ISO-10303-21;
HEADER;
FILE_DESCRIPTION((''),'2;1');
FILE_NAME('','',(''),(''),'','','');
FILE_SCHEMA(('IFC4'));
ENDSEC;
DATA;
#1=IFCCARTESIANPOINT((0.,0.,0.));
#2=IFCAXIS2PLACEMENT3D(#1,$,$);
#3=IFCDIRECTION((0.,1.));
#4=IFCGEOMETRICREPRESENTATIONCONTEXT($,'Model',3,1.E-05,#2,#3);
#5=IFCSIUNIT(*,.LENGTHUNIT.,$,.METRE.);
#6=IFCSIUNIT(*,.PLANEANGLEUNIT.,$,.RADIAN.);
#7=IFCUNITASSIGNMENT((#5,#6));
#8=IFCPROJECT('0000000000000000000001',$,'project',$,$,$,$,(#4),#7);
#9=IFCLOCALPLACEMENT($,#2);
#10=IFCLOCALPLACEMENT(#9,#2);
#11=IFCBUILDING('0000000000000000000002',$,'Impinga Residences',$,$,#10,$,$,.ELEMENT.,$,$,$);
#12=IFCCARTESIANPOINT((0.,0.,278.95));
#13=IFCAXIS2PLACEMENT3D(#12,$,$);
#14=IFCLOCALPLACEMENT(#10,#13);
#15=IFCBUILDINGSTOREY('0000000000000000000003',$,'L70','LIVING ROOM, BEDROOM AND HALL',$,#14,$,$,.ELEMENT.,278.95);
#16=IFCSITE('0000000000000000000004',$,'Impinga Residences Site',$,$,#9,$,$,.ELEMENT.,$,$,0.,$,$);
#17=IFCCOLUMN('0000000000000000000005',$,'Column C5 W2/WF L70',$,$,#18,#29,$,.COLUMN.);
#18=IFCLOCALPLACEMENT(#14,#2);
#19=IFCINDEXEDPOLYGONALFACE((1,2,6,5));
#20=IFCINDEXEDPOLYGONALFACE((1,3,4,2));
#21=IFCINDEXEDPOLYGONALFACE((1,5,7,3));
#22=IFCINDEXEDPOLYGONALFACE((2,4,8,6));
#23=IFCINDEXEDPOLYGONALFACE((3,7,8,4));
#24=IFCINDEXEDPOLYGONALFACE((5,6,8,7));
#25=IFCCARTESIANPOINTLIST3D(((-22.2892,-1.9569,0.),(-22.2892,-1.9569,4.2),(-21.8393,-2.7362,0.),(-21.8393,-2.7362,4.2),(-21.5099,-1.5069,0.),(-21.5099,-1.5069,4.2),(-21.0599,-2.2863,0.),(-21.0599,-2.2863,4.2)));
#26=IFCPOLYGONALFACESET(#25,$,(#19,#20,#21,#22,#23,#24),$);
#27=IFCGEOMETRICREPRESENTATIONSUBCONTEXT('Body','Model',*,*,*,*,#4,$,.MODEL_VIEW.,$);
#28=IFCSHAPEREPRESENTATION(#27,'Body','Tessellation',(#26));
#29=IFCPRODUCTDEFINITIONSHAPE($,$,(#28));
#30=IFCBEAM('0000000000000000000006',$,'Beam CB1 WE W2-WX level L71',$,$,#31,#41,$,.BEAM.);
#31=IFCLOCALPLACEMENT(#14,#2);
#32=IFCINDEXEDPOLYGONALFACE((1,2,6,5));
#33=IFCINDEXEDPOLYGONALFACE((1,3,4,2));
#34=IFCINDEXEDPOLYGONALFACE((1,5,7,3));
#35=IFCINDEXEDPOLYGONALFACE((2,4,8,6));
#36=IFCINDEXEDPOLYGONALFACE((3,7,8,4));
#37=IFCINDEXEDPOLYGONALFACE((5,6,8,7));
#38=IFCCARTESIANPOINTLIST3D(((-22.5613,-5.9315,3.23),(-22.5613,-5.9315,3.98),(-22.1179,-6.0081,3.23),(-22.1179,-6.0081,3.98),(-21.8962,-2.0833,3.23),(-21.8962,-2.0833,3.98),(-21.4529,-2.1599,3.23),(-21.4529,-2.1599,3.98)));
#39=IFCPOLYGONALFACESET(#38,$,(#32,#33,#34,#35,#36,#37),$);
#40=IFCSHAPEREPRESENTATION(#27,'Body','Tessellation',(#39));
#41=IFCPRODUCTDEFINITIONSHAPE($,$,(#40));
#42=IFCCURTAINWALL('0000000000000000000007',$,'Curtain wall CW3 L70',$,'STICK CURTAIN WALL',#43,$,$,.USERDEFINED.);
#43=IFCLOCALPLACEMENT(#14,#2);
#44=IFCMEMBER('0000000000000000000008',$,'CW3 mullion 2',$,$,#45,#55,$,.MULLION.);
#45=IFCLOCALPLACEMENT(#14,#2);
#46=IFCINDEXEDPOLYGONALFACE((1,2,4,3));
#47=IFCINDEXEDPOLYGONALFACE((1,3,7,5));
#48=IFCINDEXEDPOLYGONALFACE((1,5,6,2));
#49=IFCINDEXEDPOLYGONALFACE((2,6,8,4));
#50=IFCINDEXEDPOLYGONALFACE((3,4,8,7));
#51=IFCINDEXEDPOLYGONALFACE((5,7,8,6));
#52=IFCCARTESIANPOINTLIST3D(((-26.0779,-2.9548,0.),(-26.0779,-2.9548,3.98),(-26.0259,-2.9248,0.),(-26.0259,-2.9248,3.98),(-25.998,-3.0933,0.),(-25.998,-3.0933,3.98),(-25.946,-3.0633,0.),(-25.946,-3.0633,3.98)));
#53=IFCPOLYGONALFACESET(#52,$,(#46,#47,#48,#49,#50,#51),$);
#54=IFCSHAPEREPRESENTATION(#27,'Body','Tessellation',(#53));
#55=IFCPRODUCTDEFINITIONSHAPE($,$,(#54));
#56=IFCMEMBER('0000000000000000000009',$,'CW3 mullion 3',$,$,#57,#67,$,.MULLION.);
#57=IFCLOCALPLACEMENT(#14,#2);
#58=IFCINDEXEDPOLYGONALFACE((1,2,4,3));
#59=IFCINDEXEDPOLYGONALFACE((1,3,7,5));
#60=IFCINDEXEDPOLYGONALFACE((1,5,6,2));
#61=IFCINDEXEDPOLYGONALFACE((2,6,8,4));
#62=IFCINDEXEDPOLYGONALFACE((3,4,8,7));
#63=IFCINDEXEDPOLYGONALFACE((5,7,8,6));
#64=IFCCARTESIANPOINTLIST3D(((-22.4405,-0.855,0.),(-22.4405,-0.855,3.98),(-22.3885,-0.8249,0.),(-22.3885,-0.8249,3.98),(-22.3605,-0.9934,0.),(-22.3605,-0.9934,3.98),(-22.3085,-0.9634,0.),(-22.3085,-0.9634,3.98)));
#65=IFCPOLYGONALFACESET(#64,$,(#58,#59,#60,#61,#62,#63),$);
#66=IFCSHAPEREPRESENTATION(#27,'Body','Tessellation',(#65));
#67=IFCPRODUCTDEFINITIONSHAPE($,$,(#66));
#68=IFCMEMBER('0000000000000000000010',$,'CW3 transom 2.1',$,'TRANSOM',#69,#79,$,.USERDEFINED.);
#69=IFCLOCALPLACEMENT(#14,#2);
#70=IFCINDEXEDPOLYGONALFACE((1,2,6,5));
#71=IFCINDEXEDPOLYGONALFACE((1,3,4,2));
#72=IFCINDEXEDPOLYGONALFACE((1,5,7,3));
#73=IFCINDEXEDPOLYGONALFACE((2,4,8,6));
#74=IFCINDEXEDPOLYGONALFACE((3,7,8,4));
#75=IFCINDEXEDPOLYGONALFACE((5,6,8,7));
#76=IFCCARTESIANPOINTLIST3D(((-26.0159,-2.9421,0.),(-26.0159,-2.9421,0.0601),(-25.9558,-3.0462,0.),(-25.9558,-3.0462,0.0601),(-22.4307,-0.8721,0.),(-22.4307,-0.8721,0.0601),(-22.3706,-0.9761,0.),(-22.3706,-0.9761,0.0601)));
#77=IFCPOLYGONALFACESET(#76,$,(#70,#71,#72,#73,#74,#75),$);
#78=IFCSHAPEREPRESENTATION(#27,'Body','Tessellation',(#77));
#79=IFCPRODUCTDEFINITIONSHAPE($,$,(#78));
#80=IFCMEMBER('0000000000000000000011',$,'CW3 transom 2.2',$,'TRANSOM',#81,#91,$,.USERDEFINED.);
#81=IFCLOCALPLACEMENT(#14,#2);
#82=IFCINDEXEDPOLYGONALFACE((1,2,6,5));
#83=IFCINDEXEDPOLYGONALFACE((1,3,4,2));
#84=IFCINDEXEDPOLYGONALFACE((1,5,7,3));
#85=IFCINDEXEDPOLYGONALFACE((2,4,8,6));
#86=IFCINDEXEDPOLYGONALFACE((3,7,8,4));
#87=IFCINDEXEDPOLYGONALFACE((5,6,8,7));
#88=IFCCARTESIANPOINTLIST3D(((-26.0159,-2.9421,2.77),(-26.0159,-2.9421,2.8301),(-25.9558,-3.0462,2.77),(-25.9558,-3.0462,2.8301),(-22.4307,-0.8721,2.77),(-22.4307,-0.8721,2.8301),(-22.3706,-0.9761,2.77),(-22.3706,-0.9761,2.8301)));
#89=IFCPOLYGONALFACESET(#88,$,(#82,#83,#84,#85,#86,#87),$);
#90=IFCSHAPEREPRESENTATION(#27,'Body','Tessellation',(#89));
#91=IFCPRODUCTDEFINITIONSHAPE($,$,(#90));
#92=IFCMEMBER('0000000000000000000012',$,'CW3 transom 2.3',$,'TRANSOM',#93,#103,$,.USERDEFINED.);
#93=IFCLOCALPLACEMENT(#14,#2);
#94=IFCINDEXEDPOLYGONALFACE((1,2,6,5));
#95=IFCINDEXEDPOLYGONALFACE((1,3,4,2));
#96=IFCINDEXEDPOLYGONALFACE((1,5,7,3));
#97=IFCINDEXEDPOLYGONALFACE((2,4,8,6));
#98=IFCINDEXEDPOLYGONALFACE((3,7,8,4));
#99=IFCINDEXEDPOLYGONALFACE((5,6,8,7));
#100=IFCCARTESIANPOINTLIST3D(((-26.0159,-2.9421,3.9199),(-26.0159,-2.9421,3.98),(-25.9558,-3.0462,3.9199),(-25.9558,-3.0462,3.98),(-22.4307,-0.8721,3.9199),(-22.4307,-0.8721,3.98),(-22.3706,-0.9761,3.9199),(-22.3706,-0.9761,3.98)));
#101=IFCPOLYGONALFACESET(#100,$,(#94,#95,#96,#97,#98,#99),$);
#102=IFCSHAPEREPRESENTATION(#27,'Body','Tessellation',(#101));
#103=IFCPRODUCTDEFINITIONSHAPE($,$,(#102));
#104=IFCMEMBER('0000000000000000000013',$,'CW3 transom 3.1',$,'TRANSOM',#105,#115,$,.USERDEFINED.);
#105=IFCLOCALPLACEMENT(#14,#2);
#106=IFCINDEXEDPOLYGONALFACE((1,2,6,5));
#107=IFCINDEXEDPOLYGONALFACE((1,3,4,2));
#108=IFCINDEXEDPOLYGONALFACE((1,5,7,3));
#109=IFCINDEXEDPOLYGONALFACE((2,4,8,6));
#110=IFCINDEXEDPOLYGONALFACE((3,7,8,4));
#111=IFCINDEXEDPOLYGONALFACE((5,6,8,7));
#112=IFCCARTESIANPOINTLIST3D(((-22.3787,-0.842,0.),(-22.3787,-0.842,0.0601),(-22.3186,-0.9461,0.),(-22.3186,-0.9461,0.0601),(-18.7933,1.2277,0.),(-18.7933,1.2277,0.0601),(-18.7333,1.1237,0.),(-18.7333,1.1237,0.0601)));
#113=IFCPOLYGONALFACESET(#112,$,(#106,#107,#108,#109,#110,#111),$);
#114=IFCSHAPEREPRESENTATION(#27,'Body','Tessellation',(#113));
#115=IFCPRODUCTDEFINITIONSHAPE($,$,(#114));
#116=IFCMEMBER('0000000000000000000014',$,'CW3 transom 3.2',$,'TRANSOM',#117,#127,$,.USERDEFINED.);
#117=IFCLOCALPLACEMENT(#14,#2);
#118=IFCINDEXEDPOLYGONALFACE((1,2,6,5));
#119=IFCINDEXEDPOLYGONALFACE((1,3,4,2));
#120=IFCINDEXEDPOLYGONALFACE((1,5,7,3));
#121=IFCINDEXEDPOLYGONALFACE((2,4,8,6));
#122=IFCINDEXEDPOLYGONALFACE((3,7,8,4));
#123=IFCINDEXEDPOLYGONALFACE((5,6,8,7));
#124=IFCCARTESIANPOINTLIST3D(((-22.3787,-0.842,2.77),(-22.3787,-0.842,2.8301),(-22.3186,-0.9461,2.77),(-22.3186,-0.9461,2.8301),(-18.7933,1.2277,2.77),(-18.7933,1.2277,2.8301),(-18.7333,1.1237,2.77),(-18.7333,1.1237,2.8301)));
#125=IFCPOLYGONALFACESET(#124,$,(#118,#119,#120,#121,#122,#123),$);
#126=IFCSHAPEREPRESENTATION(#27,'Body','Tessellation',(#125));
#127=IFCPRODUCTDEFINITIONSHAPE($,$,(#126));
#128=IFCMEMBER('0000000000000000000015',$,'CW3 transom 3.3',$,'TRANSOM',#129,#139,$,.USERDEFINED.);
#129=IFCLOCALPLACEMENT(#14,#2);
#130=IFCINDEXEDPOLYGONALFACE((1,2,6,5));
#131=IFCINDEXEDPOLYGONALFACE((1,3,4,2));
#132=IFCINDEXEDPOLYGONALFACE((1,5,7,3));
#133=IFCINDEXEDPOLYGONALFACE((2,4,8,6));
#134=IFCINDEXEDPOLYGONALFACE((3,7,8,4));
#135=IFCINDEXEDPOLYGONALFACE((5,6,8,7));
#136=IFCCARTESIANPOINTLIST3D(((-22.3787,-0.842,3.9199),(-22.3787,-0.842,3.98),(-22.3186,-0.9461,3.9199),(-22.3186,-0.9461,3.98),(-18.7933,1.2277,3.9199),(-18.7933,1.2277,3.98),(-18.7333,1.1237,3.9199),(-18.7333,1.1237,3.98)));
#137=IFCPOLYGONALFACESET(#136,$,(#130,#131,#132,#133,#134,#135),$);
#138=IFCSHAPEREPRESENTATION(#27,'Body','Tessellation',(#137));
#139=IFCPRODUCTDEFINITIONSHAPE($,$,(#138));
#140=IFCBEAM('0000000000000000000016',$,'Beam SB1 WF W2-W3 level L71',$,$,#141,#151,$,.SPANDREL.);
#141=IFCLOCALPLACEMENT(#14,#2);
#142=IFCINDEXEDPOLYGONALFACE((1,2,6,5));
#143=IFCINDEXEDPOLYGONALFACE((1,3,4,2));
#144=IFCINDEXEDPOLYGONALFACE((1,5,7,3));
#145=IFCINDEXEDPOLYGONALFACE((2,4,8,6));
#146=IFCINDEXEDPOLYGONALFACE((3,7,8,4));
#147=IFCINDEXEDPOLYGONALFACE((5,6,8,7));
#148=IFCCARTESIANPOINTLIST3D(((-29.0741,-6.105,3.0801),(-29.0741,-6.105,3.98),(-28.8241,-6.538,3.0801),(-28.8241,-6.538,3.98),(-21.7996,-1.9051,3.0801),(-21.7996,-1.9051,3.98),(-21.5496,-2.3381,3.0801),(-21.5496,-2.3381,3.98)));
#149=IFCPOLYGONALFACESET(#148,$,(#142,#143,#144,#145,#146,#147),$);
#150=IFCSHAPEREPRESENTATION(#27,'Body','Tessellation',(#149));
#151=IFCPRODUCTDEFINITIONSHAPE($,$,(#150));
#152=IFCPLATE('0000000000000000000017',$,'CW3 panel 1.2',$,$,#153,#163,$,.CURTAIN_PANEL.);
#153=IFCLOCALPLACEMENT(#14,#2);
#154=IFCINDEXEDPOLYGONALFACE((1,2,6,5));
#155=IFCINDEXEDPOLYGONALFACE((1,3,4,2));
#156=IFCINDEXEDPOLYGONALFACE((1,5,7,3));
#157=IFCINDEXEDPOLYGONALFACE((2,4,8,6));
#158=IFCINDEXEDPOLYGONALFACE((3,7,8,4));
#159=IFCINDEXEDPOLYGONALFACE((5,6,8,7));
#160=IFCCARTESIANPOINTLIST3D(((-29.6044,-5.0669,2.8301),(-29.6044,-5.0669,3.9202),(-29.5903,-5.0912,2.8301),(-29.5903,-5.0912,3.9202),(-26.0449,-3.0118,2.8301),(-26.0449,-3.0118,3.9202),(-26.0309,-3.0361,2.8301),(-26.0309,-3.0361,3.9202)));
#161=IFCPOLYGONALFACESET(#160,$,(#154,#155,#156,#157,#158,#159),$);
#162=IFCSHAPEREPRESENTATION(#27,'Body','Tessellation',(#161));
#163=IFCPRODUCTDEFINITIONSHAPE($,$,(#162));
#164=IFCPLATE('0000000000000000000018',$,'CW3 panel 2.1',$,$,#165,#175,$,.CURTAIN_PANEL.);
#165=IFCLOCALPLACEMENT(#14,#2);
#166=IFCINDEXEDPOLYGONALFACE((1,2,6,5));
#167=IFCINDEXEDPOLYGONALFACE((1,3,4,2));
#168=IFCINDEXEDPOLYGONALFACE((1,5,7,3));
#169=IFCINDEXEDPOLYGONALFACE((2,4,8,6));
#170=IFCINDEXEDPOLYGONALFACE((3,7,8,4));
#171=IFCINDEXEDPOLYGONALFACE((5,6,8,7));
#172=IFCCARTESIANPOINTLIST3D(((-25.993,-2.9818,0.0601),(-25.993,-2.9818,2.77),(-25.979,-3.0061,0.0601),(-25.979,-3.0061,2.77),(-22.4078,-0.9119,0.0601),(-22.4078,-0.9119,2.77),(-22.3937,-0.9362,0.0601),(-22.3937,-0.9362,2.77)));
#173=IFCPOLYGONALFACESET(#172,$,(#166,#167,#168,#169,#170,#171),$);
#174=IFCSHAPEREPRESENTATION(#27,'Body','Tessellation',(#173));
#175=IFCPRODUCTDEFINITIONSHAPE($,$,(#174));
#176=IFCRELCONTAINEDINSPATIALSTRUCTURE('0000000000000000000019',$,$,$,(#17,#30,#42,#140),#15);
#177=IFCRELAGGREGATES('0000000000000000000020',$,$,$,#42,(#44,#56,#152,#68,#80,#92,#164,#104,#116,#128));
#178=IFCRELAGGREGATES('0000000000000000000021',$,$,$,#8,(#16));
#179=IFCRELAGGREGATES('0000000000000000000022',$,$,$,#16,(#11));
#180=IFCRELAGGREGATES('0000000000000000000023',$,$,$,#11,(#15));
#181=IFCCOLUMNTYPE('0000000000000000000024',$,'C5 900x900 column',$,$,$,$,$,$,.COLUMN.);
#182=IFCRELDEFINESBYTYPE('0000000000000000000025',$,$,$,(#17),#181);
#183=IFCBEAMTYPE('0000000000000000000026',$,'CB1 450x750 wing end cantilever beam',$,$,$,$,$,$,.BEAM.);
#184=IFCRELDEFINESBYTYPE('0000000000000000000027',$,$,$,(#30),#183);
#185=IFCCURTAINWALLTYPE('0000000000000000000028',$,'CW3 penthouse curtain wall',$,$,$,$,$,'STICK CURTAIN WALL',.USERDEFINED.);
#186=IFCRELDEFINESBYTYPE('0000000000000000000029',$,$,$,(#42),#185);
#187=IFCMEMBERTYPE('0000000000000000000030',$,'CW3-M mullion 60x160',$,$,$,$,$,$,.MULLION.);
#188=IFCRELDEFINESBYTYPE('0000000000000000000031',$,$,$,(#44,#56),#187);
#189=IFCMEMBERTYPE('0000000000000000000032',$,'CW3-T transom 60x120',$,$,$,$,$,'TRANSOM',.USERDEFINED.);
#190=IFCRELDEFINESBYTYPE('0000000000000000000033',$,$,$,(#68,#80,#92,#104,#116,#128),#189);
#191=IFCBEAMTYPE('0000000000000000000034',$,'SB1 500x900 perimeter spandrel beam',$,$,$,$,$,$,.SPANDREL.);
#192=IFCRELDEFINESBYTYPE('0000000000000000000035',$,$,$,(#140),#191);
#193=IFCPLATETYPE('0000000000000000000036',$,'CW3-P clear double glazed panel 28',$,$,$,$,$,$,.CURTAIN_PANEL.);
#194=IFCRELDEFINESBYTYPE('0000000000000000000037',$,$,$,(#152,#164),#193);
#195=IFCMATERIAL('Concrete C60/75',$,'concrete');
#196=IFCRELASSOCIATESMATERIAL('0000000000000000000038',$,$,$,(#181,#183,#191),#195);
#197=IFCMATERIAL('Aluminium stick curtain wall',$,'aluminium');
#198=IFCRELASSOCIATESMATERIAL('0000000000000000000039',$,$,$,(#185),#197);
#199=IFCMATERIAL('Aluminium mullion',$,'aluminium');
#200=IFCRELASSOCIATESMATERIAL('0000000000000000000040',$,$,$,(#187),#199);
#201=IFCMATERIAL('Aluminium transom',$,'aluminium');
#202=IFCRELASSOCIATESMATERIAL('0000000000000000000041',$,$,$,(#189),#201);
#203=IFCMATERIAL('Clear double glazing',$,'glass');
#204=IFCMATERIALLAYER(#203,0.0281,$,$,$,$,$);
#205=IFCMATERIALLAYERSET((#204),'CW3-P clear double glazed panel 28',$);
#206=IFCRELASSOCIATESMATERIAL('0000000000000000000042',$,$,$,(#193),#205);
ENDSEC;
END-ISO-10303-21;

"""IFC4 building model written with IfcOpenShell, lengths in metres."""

from ifc_helpers import new_model, si_unit, direction, frame, origin, origin_2d, place, context, subcontext, project, spatial, rectangle, extrude, material, layer, layer_set, material_profile, profile_set, type_object, element, aggregate, save


model = new_model("IFC4")

# Units and contexts
model_context = context("Model", 3, precision=1e-05, world=origin(), true_north=direction((0.0, 1.0)))
body_context = subcontext(model_context, "Body", "Model", "MODEL_VIEW")
ifc_project = project(units=[si_unit("LENGTHUNIT", "METRE"), si_unit("PLANEANGLEUNIT", "RADIAN")], contexts=[model_context])

# Site, building, storey
site_placement = place(None, origin())
site = spatial("IfcSite", under=ifc_project, at=site_placement, Name="Impinga Residences Site", CompositionType="ELEMENT", RefElevation=0.0)
building_placement = place(site_placement, origin())
building = spatial("IfcBuilding", under=site, at=building_placement, Name="Impinga Residences", CompositionType="ELEMENT")
storey_placement = place(building_placement, frame((0.0, 0.0, 278.95)))
storey = spatial("IfcBuildingStorey", under=building, at=storey_placement, Name="L70", Description="LIVING ROOM, BEDROOM AND HALL", CompositionType="ELEMENT", Elevation=278.95)

# Column
ifc_material_1 = material(Name="Concrete C60/75", Category="concrete")
ifc_material_profile_1 = material_profile(ifc_material_1, rectangle(XDim=0.8999, YDim=0.8999, at=origin_2d()), Name="RC 900x900")
ifc_profile_set_1 = profile_set([ifc_material_profile_1], Name="Concrete C60/75")
column_type = type_object("IfcColumnType", Name="C5 900x900 column", PredefinedType="COLUMN", material=ifc_profile_set_1)
column_placement = place(storey_placement, frame((-21.6746, -2.1216, 0.0), z_axis=(0.0, 0.0, 1.0), x_axis=(-0.5, 0.866025, 0.0)))
element("IfcColumn", 1, at=column_placement, inside=storey, type_object=column_type, Name="Column C5 W2/WF L70", PredefinedType="COLUMN", context=body_context, shape_type="SweptSolid", body=[
    extrude(rectangle(XDim=0.8999, YDim=0.8999, at=origin_2d()), origin(), (0.0, 0.0, 1.0), 4.2),
])

# Beam
ifc_material_profile_2 = material_profile(ifc_material_1, rectangle(XDim=0.45, YDim=0.75, at=origin_2d()), Name="RC 450x750")
ifc_profile_set_2 = profile_set([ifc_material_profile_2], Name="Concrete C60/75")
beam_type_1 = type_object("IfcBeamType", Name="CB1 450x750 wing end cantilever beam", PredefinedType="BEAM", material=ifc_profile_set_2)
beam_1_placement = place(storey_placement, frame((-21.6746, -2.1216, 3.605), z_axis=(-0.170296, -0.985393, 0.0), x_axis=(0.985393, -0.170296, 0.0)))
element("IfcBeam", 2, at=beam_1_placement, inside=storey, type_object=beam_type_1, Name="Beam CB1 WE W2-WX level L71", PredefinedType="BEAM", context=body_context, shape_type="SweptSolid", body=[
    extrude(rectangle(XDim=0.45, YDim=0.75, at=origin_2d()), origin(), (0.0, 0.0, 1.0), 3.9053),
])

# Curtain wall, members
ifc_material_2 = material(Name="Aluminium stick curtain wall", Category="aluminium")
curtain_wall_type = type_object("IfcCurtainWallType", Name="CW3 penthouse curtain wall", ElementType="STICK CURTAIN WALL", PredefinedType="USERDEFINED", material=ifc_material_2)
curtain_wall_placement = place(storey_placement, origin())
curtain_wall = element("IfcCurtainWall", 3, at=curtain_wall_placement, inside=storey, type_object=curtain_wall_type, Name="Curtain wall CW3 L70", ObjectType="STICK CURTAIN WALL", PredefinedType="USERDEFINED")
ifc_material_3 = material(Name="Aluminium mullion", Category="aluminium")
ifc_material_profile_3 = material_profile(ifc_material_3, rectangle(XDim=0.0601, YDim=0.1599, at=origin_2d()), Name="60x160 mullion")
ifc_profile_set_3 = profile_set([ifc_material_profile_3], Name="Aluminium mullion")
member_type_1 = type_object("IfcMemberType", Name="CW3-M mullion 60x160", PredefinedType="MULLION", material=ifc_profile_set_3)
member_1_placement = place(storey_placement, frame((-26.012, -3.009, 0.0), z_axis=(0.0, 0.0, 1.0), x_axis=(0.866025, 0.5, 0.0)))
member_1 = element("IfcMember", 4, at=member_1_placement, type_object=member_type_1, Name="CW3 mullion 2", PredefinedType="MULLION", context=body_context, shape_type="SweptSolid", body=[
    extrude(rectangle(XDim=0.0601, YDim=0.1599, at=origin_2d()), origin(), (0.0, 0.0, 1.0), 3.98),
])
member_2_placement = place(storey_placement, frame((-22.3745, -0.9092, 0.0), z_axis=(0.0, 0.0, 1.0), x_axis=(0.866025, 0.5, 0.0)))
member_2 = element("IfcMember", 5, at=member_2_placement, type_object=member_type_1, Name="CW3 mullion 3", PredefinedType="MULLION", context=body_context, shape_type="SweptSolid", body=[
    extrude(rectangle(XDim=0.0601, YDim=0.1599, at=origin_2d()), origin(), (0.0, 0.0, 1.0), 3.98),
])
ifc_material_4 = material(Name="Aluminium transom", Category="aluminium")
ifc_material_profile_4 = material_profile(ifc_material_4, rectangle(XDim=0.0601, YDim=0.1201, at=origin_2d()), Name="60x120 transom")
ifc_profile_set_4 = profile_set([ifc_material_profile_4], Name="Aluminium transom")
member_type_2 = type_object("IfcMemberType", Name="CW3-T transom 60x120", ElementType="TRANSOM", PredefinedType="USERDEFINED", material=ifc_profile_set_4)
member_3_placement = place(storey_placement, frame((-25.9858, -2.9941, 0.03), z_axis=(0.86601, 0.500027, 0.0), x_axis=(0.0, 0.0, 1.0)))
member_3 = element("IfcMember", 6, at=member_3_placement, type_object=member_type_2, Name="CW3 transom 2.1", ObjectType="TRANSOM", PredefinedType="USERDEFINED", context=body_context, shape_type="SweptSolid", body=[
    extrude(rectangle(XDim=0.0601, YDim=0.1201, at=origin_2d()), origin(), (0.0, 0.0, 1.0), 4.1399),
])
member_4_placement = place(storey_placement, frame((-25.9858, -2.9941, 2.8), z_axis=(0.86601, 0.500027, 0.0), x_axis=(0.0, 0.0, 1.0)))
member_4 = element("IfcMember", 7, at=member_4_placement, type_object=member_type_2, Name="CW3 transom 2.2", ObjectType="TRANSOM", PredefinedType="USERDEFINED", context=body_context, shape_type="SweptSolid", body=[
    extrude(rectangle(XDim=0.0601, YDim=0.1201, at=origin_2d()), origin(), (0.0, 0.0, 1.0), 4.1399),
])
member_5_placement = place(storey_placement, frame((-25.9858, -2.9941, 3.95), z_axis=(0.86601, 0.500027, 0.0), x_axis=(0.0, 0.0, 1.0)))
member_5 = element("IfcMember", 8, at=member_5_placement, type_object=member_type_2, Name="CW3 transom 2.3", ObjectType="TRANSOM", PredefinedType="USERDEFINED", context=body_context, shape_type="SweptSolid", body=[
    extrude(rectangle(XDim=0.0601, YDim=0.1201, at=origin_2d()), origin(), (0.0, 0.0, 1.0), 4.1399),
])
member_6_placement = place(storey_placement, frame((-22.3486, -0.894, 0.03), z_axis=(0.86605, 0.499957, 0.0), x_axis=(0.0, 0.0, 1.0)))
member_6 = element("IfcMember", 9, at=member_6_placement, type_object=member_type_2, Name="CW3 transom 3.1", ObjectType="TRANSOM", PredefinedType="USERDEFINED", context=body_context, shape_type="SweptSolid", body=[
    extrude(rectangle(XDim=0.0601, YDim=0.1201, at=origin_2d()), origin(), (0.0, 0.0, 1.0), 4.1399),
])
member_7_placement = place(storey_placement, frame((-22.3486, -0.894, 2.8), z_axis=(0.86605, 0.499957, 0.0), x_axis=(0.0, 0.0, 1.0)))
member_7 = element("IfcMember", 10, at=member_7_placement, type_object=member_type_2, Name="CW3 transom 3.2", ObjectType="TRANSOM", PredefinedType="USERDEFINED", context=body_context, shape_type="SweptSolid", body=[
    extrude(rectangle(XDim=0.0601, YDim=0.1201, at=origin_2d()), origin(), (0.0, 0.0, 1.0), 4.1399),
])
member_8_placement = place(storey_placement, frame((-22.3486, -0.894, 3.95), z_axis=(0.86605, 0.499957, 0.0), x_axis=(0.0, 0.0, 1.0)))
member_8 = element("IfcMember", 11, at=member_8_placement, type_object=member_type_2, Name="CW3 transom 3.3", ObjectType="TRANSOM", PredefinedType="USERDEFINED", context=body_context, shape_type="SweptSolid", body=[
    extrude(rectangle(XDim=0.0601, YDim=0.1201, at=origin_2d()), origin(), (0.0, 0.0, 1.0), 4.1399),
])

# Beam
ifc_material_profile_5 = material_profile(ifc_material_1, rectangle(XDim=0.5, YDim=0.8999, at=origin_2d()), Name="RC 500x900")
ifc_profile_set_5 = profile_set([ifc_material_profile_5], Name="Concrete C60/75")
beam_type_2 = type_object("IfcBeamType", Name="SB1 500x900 perimeter spandrel beam", PredefinedType="SPANDREL", material=ifc_profile_set_5)
beam_2_placement = place(storey_placement, frame((-21.6746, -2.1216, 3.53), z_axis=(-0.866029, -0.499993, 0.0), x_axis=(0.499993, -0.866029, 0.0)))
element("IfcBeam", 12, at=beam_2_placement, inside=storey, type_object=beam_type_2, Name="Beam SB1 WF W2-W3 level L71", PredefinedType="SPANDREL", context=body_context, shape_type="SweptSolid", body=[
    extrude(rectangle(XDim=0.5, YDim=0.8999, at=origin_2d()), origin(), (0.0, 0.0, 1.0), 8.3999),
])

# Plates
ifc_material_5 = material(Name="Clear double glazing", Category="glass")
ifc_layer_1 = layer(ifc_material_5, 0.0281)
ifc_layer_set_1 = layer_set([ifc_layer_1], Name="CW3-P clear double glazed panel 28")
plate_type = type_object("IfcPlateType", Name="CW3-P clear double glazed panel 28", PredefinedType="CURTAIN_PANEL", material=ifc_layer_set_1)
plate_1_placement = place(storey_placement, frame((-27.8176, -4.0515, 2.8301), z_axis=(0.0, 0.0, 1.0), x_axis=(0.866025, 0.5, 0.0)))
plate_1 = element("IfcPlate", 13, at=plate_1_placement, type_object=plate_type, Name="CW3 panel 1.2", PredefinedType="CURTAIN_PANEL", context=body_context, shape_type="SweptSolid", body=[
    extrude(rectangle(XDim=4.1101, YDim=0.0281, at=origin_2d()), origin(), (0.0, 0.0, 1.0), 1.0901),
])
plate_2_placement = place(storey_placement, frame((-24.1934, -1.959, 0.0601), z_axis=(0.0, 0.0, 1.0), x_axis=(0.866025, 0.5, 0.0)))
plate_2 = element("IfcPlate", 14, at=plate_2_placement, type_object=plate_type, Name="CW3 panel 2.1", PredefinedType="CURTAIN_PANEL", context=body_context, shape_type="SweptSolid", body=[
    extrude(rectangle(XDim=4.1399, YDim=0.0281, at=origin_2d()), origin(), (0.0, 0.0, 1.0), 2.71),
])
aggregate(curtain_wall, [member_1, member_2, plate_1, member_3, member_4, member_5, plate_2, member_6, member_7, member_8])

save(model, "model.ifc")
